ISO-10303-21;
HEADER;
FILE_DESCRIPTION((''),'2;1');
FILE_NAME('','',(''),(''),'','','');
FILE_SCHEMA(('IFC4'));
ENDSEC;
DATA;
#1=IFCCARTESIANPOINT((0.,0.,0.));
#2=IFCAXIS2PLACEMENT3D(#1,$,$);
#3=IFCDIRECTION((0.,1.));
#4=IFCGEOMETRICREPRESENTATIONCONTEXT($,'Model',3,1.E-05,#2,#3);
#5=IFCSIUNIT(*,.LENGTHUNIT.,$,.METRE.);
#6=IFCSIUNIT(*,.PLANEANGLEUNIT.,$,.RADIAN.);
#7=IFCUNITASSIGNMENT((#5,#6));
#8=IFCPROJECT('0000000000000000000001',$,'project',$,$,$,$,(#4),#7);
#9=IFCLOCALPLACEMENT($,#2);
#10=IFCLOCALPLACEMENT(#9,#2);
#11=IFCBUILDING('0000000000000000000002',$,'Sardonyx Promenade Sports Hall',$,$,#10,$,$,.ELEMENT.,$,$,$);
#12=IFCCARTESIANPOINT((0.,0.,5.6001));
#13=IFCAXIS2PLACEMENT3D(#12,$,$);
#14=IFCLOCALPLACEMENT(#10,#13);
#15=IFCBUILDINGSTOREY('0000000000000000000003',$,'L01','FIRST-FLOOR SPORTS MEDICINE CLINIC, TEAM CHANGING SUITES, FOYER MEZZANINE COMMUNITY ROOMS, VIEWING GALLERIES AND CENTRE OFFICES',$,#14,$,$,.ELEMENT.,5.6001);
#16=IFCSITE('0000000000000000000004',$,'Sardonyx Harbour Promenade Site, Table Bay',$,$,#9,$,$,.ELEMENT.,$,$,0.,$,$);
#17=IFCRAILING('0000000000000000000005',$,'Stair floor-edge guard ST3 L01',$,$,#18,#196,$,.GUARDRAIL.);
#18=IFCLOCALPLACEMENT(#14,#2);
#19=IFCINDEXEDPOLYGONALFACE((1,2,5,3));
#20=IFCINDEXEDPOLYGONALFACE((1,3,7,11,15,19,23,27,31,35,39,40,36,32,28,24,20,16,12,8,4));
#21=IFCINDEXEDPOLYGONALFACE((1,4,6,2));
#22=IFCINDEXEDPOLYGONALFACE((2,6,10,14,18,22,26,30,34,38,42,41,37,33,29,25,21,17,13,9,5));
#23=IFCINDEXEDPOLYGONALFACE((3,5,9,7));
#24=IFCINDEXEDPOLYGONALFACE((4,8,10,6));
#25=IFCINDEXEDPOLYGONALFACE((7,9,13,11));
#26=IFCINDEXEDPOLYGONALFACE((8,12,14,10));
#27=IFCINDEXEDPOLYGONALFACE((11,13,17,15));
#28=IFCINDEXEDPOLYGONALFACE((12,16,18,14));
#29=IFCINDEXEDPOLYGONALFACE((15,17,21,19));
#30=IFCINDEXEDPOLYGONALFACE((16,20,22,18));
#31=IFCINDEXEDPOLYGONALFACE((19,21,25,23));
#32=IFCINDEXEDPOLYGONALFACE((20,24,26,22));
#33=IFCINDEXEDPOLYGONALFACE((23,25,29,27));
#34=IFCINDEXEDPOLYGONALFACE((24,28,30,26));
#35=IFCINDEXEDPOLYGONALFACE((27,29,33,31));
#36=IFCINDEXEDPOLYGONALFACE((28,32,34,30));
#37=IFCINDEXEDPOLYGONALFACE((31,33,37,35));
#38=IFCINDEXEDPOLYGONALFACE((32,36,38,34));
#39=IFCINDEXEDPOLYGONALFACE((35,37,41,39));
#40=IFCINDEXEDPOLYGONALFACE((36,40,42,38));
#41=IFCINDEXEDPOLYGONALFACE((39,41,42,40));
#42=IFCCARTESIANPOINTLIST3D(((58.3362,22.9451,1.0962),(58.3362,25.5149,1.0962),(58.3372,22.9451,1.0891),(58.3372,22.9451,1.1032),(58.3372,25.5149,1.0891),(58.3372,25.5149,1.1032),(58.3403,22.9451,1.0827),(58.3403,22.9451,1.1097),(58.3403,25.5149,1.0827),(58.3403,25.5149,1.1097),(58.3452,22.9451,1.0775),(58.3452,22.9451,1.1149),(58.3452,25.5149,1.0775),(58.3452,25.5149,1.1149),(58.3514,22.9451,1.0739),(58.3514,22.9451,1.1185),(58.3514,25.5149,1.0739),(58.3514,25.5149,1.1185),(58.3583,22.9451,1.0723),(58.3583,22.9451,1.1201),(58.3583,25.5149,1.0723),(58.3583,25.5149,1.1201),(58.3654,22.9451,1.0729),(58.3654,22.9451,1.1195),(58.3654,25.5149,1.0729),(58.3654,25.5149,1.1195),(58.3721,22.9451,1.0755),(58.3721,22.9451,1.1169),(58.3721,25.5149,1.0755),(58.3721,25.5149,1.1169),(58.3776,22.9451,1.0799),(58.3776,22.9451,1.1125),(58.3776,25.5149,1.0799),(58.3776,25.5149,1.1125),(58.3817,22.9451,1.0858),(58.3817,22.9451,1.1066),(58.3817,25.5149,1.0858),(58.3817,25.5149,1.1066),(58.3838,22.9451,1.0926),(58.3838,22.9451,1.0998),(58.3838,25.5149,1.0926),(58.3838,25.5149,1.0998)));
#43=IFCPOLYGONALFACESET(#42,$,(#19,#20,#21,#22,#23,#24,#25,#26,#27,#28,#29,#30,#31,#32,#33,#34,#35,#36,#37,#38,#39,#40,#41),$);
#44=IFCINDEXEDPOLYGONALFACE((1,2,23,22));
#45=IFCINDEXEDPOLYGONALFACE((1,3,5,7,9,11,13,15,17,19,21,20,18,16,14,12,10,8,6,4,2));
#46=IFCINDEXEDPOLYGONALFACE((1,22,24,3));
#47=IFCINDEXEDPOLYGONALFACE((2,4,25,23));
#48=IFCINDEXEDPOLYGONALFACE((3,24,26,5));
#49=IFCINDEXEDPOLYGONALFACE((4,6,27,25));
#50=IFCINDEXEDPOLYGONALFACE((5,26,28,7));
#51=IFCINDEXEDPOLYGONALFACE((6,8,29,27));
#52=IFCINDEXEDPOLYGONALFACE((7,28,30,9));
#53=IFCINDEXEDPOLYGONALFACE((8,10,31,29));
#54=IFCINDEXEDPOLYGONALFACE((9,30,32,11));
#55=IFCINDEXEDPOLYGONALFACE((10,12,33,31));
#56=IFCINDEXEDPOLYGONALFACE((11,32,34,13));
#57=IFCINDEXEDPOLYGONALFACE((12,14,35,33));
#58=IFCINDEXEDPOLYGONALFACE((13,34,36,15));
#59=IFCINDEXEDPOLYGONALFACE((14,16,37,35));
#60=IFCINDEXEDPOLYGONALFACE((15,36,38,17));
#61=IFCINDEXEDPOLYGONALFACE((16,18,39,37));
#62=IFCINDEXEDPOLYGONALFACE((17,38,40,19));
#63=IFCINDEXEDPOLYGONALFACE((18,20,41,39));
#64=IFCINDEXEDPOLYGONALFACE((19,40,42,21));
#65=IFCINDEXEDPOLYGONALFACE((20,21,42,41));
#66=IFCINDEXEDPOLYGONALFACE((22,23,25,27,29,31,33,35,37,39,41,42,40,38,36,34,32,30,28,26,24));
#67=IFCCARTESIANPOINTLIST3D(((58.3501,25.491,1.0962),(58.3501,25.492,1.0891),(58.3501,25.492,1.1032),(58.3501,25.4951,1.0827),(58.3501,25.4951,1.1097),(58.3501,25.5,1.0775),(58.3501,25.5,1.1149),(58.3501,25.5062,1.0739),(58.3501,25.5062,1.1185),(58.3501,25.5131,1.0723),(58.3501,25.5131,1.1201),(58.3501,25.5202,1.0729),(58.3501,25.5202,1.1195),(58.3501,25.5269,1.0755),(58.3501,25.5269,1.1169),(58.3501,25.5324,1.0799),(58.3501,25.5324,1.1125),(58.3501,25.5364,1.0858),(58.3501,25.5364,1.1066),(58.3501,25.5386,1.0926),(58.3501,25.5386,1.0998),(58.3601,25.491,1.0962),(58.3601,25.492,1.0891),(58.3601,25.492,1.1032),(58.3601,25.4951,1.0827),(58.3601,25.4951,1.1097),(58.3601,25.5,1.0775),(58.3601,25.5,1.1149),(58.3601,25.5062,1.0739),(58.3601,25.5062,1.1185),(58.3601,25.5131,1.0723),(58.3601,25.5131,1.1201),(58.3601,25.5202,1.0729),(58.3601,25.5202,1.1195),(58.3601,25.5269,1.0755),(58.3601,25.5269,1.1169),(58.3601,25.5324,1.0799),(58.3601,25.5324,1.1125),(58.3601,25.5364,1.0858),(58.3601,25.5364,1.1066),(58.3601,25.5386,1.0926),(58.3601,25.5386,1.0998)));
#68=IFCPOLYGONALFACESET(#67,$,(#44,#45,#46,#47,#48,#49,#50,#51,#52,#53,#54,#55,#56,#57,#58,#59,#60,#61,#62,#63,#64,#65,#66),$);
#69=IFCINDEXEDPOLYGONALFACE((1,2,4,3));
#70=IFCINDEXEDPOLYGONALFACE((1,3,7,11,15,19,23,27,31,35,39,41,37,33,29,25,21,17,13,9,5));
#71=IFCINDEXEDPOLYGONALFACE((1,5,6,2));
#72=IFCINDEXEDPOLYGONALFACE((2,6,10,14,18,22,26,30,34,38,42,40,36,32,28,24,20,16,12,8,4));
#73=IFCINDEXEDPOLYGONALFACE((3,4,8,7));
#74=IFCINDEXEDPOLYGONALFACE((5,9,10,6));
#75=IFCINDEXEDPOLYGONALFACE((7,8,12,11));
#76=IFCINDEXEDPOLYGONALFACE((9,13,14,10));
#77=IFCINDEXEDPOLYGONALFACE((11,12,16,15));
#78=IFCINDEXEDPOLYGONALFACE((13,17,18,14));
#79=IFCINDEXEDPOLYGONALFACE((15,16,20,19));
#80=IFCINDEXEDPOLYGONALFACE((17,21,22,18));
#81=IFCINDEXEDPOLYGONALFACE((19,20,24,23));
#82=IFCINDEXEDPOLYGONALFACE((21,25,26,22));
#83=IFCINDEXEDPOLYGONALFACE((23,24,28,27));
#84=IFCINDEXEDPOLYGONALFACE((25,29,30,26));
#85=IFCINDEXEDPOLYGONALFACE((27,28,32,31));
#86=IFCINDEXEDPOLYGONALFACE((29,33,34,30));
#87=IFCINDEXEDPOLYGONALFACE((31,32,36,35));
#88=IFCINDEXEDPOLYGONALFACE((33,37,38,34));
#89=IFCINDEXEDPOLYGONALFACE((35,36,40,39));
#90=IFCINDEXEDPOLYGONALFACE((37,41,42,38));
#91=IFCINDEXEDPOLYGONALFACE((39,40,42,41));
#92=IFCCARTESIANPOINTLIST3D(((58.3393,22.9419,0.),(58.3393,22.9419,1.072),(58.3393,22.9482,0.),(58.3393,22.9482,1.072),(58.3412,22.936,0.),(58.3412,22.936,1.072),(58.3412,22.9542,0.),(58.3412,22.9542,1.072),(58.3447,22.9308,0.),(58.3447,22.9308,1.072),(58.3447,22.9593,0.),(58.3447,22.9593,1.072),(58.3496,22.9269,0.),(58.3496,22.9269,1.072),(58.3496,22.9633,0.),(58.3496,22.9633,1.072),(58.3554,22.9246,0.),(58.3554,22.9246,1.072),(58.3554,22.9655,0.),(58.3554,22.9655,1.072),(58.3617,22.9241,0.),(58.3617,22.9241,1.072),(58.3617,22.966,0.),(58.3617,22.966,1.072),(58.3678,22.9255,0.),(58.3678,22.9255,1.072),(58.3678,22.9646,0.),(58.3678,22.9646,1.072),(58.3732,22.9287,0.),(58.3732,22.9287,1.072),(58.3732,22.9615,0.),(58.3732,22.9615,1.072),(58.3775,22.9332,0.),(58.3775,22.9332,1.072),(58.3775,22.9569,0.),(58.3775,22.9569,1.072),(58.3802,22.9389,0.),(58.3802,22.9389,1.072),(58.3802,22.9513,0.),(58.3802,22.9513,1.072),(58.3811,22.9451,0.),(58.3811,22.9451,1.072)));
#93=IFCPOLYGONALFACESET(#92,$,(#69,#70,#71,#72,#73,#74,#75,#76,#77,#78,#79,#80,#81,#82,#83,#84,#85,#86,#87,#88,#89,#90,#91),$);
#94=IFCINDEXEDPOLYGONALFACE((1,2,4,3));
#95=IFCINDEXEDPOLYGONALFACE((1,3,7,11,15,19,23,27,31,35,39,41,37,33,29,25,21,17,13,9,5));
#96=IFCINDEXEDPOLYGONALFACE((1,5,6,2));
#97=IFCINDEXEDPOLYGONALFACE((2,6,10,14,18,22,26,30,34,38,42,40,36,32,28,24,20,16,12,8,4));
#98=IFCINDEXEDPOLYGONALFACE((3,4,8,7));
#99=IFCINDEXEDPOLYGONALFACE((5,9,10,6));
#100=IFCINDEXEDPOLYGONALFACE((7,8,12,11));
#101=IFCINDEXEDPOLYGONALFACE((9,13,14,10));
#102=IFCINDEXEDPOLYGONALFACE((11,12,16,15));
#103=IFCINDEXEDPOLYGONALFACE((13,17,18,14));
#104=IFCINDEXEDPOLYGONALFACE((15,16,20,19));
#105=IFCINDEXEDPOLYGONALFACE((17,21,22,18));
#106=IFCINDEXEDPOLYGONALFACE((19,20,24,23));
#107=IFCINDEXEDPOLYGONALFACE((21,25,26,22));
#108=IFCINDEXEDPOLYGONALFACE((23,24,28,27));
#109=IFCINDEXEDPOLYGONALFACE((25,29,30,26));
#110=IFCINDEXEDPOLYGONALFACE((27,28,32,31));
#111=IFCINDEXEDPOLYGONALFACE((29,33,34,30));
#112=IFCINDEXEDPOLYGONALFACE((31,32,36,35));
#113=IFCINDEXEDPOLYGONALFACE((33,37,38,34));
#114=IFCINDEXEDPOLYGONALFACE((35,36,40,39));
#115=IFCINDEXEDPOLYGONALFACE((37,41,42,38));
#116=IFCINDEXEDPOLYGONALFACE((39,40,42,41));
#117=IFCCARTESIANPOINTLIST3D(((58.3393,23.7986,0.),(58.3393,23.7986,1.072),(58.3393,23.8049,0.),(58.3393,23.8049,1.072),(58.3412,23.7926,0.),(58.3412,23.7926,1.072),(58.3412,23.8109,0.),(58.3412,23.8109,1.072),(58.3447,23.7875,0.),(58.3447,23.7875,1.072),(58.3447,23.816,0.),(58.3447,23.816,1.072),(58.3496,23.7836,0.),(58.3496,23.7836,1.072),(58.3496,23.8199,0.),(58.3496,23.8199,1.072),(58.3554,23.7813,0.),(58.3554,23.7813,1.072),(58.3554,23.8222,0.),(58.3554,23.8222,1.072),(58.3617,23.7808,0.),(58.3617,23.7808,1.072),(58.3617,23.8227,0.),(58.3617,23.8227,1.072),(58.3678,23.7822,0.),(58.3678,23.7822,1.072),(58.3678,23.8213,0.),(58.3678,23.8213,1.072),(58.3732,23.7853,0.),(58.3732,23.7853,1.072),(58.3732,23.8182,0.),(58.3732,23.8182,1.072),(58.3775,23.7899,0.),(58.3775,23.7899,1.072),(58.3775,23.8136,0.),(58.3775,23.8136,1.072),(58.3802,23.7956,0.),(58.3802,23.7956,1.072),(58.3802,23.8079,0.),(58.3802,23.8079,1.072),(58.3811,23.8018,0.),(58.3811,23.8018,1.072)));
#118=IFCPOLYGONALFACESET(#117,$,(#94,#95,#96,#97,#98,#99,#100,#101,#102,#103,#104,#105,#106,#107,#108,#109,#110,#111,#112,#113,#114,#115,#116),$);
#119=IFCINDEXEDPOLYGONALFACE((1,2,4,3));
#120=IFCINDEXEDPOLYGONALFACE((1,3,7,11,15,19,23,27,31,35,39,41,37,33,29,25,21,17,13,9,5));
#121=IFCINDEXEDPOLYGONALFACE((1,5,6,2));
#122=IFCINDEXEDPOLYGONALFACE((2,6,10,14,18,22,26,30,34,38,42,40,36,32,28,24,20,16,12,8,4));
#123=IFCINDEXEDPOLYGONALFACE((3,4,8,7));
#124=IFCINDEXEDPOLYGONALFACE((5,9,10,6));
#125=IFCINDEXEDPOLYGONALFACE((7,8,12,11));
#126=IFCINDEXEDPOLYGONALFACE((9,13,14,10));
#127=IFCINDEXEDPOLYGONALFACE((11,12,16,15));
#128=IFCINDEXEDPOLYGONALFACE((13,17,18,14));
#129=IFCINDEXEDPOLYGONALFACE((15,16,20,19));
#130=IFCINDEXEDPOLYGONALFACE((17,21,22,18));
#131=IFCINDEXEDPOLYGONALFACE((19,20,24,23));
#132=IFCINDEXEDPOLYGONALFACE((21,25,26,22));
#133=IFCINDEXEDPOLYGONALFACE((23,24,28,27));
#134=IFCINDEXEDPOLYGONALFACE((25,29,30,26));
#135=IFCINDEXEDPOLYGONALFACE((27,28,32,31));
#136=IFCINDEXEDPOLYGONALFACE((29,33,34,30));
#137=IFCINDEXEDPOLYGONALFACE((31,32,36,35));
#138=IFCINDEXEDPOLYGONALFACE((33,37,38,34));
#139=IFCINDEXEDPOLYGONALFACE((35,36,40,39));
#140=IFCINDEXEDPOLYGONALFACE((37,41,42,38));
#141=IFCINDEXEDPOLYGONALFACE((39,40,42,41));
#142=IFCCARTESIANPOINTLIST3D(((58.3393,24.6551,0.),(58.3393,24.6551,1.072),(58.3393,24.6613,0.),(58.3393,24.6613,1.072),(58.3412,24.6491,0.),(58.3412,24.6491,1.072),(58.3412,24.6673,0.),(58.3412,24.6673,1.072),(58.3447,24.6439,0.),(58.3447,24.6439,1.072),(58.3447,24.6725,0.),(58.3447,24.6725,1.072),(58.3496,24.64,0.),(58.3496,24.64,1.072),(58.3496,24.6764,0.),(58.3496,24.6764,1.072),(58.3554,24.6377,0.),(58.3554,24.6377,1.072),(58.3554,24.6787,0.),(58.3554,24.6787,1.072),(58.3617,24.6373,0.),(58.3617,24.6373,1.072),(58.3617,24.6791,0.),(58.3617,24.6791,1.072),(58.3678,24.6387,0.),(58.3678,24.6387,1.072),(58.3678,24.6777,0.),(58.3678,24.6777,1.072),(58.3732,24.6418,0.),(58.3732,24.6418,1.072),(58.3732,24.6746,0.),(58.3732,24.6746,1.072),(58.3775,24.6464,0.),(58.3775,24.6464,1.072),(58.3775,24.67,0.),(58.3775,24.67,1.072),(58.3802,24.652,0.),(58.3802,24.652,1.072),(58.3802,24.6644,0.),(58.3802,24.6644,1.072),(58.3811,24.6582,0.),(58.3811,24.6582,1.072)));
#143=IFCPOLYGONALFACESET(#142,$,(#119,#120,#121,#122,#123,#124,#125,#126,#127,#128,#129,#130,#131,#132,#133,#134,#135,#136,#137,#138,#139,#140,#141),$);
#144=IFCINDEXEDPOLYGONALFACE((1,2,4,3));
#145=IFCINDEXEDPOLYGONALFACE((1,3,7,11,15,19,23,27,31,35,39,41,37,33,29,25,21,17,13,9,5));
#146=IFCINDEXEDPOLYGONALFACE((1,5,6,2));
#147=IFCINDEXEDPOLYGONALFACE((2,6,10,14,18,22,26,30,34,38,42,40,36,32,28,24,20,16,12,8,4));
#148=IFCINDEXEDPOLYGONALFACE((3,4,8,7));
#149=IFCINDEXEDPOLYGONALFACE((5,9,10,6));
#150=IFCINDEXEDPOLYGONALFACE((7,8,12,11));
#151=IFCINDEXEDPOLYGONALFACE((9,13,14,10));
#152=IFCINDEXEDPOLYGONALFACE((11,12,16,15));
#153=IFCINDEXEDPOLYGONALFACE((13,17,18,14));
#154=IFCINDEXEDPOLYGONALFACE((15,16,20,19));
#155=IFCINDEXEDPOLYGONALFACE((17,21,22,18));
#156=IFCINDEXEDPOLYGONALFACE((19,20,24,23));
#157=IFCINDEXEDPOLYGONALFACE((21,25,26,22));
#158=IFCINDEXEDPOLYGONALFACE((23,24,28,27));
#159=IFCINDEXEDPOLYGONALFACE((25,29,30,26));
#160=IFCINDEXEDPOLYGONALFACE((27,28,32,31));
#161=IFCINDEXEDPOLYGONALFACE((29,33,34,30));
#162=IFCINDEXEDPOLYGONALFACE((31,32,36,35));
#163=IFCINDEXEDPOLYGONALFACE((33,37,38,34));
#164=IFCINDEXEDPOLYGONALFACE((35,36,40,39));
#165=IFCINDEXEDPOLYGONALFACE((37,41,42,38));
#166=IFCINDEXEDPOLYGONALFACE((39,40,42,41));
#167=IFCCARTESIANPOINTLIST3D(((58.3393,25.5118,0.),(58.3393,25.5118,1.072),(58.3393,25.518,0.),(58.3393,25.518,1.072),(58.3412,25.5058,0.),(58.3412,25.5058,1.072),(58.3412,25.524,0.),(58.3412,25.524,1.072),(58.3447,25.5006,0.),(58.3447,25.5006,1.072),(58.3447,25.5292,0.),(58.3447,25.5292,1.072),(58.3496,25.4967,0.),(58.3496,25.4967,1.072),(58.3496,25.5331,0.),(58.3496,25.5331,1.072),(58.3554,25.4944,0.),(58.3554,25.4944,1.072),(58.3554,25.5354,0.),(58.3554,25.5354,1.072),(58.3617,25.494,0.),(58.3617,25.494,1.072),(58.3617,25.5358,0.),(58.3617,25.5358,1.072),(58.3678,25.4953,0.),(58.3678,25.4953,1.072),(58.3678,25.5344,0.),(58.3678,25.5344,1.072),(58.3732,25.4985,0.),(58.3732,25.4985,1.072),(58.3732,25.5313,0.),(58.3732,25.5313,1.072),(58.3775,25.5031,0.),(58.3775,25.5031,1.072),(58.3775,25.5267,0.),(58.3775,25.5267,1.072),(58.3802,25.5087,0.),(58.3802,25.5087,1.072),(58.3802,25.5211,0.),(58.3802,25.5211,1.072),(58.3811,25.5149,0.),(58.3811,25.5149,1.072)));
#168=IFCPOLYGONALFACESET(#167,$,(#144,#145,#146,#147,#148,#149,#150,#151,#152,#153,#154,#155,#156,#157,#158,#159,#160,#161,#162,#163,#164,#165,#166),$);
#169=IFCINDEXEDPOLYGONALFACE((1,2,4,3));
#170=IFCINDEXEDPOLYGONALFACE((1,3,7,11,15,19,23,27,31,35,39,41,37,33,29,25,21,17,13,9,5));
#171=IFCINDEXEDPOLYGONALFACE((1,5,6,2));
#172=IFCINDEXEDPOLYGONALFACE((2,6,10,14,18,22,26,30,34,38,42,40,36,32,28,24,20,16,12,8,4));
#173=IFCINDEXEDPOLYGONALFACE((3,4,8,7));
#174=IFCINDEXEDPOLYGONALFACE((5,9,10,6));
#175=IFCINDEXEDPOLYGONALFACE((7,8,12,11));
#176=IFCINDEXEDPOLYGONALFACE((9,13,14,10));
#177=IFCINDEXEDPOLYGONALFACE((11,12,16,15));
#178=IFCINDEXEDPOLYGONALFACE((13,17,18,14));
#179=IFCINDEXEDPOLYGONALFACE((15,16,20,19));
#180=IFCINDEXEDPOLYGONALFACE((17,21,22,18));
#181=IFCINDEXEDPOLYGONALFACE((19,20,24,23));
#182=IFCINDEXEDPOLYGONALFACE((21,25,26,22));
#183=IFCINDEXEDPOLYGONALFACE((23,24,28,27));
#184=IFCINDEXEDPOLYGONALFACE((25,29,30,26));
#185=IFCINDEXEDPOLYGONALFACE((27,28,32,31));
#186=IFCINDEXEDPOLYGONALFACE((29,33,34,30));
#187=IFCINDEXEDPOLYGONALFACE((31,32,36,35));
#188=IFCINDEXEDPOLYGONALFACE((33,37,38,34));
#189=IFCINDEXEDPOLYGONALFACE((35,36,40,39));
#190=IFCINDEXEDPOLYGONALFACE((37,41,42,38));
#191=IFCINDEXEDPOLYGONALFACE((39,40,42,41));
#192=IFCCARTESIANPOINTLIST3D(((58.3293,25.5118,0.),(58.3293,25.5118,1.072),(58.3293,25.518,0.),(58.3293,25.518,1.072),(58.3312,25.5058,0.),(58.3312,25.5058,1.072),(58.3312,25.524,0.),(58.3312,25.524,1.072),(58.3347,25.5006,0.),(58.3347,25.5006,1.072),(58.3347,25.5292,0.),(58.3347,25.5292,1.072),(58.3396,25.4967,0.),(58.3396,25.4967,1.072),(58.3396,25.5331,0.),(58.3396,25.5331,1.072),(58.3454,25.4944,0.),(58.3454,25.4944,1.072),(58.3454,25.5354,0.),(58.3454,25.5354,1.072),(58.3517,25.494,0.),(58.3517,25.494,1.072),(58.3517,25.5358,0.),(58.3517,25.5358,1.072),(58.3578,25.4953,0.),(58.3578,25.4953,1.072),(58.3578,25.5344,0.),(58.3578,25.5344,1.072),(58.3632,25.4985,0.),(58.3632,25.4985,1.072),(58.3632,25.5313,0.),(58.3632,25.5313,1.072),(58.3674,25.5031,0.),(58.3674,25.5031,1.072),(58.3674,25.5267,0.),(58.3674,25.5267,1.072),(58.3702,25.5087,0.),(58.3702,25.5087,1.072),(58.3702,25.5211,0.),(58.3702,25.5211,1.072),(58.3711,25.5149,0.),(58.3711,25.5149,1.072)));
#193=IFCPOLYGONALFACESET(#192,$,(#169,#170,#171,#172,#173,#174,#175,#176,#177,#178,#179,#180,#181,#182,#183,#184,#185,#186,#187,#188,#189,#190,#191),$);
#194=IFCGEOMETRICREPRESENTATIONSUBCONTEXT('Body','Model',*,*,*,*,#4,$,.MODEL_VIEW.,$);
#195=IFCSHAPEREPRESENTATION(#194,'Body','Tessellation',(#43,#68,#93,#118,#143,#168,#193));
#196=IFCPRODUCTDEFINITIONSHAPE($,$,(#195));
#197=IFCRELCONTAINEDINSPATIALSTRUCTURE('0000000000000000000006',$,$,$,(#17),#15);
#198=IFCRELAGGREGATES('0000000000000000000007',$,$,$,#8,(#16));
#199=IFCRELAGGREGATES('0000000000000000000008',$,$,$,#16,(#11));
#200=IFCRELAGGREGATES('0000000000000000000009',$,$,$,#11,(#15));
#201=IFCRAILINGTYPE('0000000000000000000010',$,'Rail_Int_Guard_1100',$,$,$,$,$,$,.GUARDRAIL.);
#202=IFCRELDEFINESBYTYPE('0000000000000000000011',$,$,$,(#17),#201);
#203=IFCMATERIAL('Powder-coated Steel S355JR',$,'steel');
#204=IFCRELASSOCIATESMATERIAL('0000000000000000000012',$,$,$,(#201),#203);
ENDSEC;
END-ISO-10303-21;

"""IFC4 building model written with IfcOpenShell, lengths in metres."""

from ifc_helpers import new_model, si_unit, direction, frame, origin, origin_2d, place, context, subcontext, project, spatial, circle, extrude, material, type_object, element, save


model = new_model("IFC4")

# Units and contexts
model_context = context("Model", 3, precision=1e-05, world=origin(), true_north=direction((0.0, 1.0)))
body_context = subcontext(model_context, "Body", "Model", "MODEL_VIEW")
ifc_project = project(units=[si_unit("LENGTHUNIT", "METRE"), si_unit("PLANEANGLEUNIT", "RADIAN")], contexts=[model_context])

# Site, building, storey
site_placement = place(None, origin())
site = spatial("IfcSite", under=ifc_project, at=site_placement, Name="Sardonyx Harbour Promenade Site, Table Bay", CompositionType="ELEMENT", RefElevation=0.0)
building_placement = place(site_placement, origin())
building = spatial("IfcBuilding", under=site, at=building_placement, Name="Sardonyx Promenade Sports Hall", CompositionType="ELEMENT")
storey_placement = place(building_placement, frame((0.0, 0.0, 5.6001)))
storey = spatial("IfcBuildingStorey", under=building, at=storey_placement, Name="L01", Description="FIRST-FLOOR SPORTS MEDICINE CLINIC, TEAM CHANGING SUITES, FOYER MEZZANINE COMMUNITY ROOMS, VIEWING GALLERIES AND CENTRE OFFICES", CompositionType="ELEMENT", Elevation=5.6001)

# Railing
ifc_material_1 = material(Name="Powder-coated Steel S355JR", Category="steel")
railing_type_1 = type_object("IfcRailingType", Name="Rail_Int_Guard_1100", PredefinedType="GUARDRAIL", material=ifc_material_1)
railing_1_placement = place(storey_placement, frame((58.3601, 22.9451, 0.0)))
element("IfcRailing", 1, at=railing_1_placement, inside=storey, type_object=railing_type_1, Name="Stair floor-edge guard ST3 L01", PredefinedType="GUARDRAIL", context=body_context, shape_type="SweptSolid", body=[
    extrude(circle(Radius=0.0239, at=origin_2d()), frame((0.0, 0.0, 1.0962), z_axis=(0.0, 1.0, 0.0), x_axis=(-1.0, 0.0, 0.0)), (0.0, 0.0, 1.0), 2.5698),
    extrude(circle(Radius=0.0239, at=origin_2d()), frame((0.0, 2.5698, 1.0962), z_axis=(-1.0, 0.0, 0.0), x_axis=(0.0, -1.0, 0.0)), (0.0, 0.0, 1.0), 0.01),
    extrude(circle(Radius=0.021, at=origin_2d()), origin(), (0.0, 0.0, 1.0), 1.072),
    extrude(circle(Radius=0.021, at=origin_2d()), frame((0.0, 0.8567, 0.0)), (0.0, 0.0, 1.0), 1.072),
    extrude(circle(Radius=0.021, at=origin_2d()), frame((0.0, 1.7131, 0.0)), (0.0, 0.0, 1.0), 1.072),
    extrude(circle(Radius=0.021, at=origin_2d()), frame((0.0, 2.5698, 0.0)), (0.0, 0.0, 1.0), 1.072),
    extrude(circle(Radius=0.021, at=origin_2d()), frame((-0.01, 2.5698, 0.0)), (0.0, 0.0, 1.0), 1.072),
])

save(model, "model.ifc")
